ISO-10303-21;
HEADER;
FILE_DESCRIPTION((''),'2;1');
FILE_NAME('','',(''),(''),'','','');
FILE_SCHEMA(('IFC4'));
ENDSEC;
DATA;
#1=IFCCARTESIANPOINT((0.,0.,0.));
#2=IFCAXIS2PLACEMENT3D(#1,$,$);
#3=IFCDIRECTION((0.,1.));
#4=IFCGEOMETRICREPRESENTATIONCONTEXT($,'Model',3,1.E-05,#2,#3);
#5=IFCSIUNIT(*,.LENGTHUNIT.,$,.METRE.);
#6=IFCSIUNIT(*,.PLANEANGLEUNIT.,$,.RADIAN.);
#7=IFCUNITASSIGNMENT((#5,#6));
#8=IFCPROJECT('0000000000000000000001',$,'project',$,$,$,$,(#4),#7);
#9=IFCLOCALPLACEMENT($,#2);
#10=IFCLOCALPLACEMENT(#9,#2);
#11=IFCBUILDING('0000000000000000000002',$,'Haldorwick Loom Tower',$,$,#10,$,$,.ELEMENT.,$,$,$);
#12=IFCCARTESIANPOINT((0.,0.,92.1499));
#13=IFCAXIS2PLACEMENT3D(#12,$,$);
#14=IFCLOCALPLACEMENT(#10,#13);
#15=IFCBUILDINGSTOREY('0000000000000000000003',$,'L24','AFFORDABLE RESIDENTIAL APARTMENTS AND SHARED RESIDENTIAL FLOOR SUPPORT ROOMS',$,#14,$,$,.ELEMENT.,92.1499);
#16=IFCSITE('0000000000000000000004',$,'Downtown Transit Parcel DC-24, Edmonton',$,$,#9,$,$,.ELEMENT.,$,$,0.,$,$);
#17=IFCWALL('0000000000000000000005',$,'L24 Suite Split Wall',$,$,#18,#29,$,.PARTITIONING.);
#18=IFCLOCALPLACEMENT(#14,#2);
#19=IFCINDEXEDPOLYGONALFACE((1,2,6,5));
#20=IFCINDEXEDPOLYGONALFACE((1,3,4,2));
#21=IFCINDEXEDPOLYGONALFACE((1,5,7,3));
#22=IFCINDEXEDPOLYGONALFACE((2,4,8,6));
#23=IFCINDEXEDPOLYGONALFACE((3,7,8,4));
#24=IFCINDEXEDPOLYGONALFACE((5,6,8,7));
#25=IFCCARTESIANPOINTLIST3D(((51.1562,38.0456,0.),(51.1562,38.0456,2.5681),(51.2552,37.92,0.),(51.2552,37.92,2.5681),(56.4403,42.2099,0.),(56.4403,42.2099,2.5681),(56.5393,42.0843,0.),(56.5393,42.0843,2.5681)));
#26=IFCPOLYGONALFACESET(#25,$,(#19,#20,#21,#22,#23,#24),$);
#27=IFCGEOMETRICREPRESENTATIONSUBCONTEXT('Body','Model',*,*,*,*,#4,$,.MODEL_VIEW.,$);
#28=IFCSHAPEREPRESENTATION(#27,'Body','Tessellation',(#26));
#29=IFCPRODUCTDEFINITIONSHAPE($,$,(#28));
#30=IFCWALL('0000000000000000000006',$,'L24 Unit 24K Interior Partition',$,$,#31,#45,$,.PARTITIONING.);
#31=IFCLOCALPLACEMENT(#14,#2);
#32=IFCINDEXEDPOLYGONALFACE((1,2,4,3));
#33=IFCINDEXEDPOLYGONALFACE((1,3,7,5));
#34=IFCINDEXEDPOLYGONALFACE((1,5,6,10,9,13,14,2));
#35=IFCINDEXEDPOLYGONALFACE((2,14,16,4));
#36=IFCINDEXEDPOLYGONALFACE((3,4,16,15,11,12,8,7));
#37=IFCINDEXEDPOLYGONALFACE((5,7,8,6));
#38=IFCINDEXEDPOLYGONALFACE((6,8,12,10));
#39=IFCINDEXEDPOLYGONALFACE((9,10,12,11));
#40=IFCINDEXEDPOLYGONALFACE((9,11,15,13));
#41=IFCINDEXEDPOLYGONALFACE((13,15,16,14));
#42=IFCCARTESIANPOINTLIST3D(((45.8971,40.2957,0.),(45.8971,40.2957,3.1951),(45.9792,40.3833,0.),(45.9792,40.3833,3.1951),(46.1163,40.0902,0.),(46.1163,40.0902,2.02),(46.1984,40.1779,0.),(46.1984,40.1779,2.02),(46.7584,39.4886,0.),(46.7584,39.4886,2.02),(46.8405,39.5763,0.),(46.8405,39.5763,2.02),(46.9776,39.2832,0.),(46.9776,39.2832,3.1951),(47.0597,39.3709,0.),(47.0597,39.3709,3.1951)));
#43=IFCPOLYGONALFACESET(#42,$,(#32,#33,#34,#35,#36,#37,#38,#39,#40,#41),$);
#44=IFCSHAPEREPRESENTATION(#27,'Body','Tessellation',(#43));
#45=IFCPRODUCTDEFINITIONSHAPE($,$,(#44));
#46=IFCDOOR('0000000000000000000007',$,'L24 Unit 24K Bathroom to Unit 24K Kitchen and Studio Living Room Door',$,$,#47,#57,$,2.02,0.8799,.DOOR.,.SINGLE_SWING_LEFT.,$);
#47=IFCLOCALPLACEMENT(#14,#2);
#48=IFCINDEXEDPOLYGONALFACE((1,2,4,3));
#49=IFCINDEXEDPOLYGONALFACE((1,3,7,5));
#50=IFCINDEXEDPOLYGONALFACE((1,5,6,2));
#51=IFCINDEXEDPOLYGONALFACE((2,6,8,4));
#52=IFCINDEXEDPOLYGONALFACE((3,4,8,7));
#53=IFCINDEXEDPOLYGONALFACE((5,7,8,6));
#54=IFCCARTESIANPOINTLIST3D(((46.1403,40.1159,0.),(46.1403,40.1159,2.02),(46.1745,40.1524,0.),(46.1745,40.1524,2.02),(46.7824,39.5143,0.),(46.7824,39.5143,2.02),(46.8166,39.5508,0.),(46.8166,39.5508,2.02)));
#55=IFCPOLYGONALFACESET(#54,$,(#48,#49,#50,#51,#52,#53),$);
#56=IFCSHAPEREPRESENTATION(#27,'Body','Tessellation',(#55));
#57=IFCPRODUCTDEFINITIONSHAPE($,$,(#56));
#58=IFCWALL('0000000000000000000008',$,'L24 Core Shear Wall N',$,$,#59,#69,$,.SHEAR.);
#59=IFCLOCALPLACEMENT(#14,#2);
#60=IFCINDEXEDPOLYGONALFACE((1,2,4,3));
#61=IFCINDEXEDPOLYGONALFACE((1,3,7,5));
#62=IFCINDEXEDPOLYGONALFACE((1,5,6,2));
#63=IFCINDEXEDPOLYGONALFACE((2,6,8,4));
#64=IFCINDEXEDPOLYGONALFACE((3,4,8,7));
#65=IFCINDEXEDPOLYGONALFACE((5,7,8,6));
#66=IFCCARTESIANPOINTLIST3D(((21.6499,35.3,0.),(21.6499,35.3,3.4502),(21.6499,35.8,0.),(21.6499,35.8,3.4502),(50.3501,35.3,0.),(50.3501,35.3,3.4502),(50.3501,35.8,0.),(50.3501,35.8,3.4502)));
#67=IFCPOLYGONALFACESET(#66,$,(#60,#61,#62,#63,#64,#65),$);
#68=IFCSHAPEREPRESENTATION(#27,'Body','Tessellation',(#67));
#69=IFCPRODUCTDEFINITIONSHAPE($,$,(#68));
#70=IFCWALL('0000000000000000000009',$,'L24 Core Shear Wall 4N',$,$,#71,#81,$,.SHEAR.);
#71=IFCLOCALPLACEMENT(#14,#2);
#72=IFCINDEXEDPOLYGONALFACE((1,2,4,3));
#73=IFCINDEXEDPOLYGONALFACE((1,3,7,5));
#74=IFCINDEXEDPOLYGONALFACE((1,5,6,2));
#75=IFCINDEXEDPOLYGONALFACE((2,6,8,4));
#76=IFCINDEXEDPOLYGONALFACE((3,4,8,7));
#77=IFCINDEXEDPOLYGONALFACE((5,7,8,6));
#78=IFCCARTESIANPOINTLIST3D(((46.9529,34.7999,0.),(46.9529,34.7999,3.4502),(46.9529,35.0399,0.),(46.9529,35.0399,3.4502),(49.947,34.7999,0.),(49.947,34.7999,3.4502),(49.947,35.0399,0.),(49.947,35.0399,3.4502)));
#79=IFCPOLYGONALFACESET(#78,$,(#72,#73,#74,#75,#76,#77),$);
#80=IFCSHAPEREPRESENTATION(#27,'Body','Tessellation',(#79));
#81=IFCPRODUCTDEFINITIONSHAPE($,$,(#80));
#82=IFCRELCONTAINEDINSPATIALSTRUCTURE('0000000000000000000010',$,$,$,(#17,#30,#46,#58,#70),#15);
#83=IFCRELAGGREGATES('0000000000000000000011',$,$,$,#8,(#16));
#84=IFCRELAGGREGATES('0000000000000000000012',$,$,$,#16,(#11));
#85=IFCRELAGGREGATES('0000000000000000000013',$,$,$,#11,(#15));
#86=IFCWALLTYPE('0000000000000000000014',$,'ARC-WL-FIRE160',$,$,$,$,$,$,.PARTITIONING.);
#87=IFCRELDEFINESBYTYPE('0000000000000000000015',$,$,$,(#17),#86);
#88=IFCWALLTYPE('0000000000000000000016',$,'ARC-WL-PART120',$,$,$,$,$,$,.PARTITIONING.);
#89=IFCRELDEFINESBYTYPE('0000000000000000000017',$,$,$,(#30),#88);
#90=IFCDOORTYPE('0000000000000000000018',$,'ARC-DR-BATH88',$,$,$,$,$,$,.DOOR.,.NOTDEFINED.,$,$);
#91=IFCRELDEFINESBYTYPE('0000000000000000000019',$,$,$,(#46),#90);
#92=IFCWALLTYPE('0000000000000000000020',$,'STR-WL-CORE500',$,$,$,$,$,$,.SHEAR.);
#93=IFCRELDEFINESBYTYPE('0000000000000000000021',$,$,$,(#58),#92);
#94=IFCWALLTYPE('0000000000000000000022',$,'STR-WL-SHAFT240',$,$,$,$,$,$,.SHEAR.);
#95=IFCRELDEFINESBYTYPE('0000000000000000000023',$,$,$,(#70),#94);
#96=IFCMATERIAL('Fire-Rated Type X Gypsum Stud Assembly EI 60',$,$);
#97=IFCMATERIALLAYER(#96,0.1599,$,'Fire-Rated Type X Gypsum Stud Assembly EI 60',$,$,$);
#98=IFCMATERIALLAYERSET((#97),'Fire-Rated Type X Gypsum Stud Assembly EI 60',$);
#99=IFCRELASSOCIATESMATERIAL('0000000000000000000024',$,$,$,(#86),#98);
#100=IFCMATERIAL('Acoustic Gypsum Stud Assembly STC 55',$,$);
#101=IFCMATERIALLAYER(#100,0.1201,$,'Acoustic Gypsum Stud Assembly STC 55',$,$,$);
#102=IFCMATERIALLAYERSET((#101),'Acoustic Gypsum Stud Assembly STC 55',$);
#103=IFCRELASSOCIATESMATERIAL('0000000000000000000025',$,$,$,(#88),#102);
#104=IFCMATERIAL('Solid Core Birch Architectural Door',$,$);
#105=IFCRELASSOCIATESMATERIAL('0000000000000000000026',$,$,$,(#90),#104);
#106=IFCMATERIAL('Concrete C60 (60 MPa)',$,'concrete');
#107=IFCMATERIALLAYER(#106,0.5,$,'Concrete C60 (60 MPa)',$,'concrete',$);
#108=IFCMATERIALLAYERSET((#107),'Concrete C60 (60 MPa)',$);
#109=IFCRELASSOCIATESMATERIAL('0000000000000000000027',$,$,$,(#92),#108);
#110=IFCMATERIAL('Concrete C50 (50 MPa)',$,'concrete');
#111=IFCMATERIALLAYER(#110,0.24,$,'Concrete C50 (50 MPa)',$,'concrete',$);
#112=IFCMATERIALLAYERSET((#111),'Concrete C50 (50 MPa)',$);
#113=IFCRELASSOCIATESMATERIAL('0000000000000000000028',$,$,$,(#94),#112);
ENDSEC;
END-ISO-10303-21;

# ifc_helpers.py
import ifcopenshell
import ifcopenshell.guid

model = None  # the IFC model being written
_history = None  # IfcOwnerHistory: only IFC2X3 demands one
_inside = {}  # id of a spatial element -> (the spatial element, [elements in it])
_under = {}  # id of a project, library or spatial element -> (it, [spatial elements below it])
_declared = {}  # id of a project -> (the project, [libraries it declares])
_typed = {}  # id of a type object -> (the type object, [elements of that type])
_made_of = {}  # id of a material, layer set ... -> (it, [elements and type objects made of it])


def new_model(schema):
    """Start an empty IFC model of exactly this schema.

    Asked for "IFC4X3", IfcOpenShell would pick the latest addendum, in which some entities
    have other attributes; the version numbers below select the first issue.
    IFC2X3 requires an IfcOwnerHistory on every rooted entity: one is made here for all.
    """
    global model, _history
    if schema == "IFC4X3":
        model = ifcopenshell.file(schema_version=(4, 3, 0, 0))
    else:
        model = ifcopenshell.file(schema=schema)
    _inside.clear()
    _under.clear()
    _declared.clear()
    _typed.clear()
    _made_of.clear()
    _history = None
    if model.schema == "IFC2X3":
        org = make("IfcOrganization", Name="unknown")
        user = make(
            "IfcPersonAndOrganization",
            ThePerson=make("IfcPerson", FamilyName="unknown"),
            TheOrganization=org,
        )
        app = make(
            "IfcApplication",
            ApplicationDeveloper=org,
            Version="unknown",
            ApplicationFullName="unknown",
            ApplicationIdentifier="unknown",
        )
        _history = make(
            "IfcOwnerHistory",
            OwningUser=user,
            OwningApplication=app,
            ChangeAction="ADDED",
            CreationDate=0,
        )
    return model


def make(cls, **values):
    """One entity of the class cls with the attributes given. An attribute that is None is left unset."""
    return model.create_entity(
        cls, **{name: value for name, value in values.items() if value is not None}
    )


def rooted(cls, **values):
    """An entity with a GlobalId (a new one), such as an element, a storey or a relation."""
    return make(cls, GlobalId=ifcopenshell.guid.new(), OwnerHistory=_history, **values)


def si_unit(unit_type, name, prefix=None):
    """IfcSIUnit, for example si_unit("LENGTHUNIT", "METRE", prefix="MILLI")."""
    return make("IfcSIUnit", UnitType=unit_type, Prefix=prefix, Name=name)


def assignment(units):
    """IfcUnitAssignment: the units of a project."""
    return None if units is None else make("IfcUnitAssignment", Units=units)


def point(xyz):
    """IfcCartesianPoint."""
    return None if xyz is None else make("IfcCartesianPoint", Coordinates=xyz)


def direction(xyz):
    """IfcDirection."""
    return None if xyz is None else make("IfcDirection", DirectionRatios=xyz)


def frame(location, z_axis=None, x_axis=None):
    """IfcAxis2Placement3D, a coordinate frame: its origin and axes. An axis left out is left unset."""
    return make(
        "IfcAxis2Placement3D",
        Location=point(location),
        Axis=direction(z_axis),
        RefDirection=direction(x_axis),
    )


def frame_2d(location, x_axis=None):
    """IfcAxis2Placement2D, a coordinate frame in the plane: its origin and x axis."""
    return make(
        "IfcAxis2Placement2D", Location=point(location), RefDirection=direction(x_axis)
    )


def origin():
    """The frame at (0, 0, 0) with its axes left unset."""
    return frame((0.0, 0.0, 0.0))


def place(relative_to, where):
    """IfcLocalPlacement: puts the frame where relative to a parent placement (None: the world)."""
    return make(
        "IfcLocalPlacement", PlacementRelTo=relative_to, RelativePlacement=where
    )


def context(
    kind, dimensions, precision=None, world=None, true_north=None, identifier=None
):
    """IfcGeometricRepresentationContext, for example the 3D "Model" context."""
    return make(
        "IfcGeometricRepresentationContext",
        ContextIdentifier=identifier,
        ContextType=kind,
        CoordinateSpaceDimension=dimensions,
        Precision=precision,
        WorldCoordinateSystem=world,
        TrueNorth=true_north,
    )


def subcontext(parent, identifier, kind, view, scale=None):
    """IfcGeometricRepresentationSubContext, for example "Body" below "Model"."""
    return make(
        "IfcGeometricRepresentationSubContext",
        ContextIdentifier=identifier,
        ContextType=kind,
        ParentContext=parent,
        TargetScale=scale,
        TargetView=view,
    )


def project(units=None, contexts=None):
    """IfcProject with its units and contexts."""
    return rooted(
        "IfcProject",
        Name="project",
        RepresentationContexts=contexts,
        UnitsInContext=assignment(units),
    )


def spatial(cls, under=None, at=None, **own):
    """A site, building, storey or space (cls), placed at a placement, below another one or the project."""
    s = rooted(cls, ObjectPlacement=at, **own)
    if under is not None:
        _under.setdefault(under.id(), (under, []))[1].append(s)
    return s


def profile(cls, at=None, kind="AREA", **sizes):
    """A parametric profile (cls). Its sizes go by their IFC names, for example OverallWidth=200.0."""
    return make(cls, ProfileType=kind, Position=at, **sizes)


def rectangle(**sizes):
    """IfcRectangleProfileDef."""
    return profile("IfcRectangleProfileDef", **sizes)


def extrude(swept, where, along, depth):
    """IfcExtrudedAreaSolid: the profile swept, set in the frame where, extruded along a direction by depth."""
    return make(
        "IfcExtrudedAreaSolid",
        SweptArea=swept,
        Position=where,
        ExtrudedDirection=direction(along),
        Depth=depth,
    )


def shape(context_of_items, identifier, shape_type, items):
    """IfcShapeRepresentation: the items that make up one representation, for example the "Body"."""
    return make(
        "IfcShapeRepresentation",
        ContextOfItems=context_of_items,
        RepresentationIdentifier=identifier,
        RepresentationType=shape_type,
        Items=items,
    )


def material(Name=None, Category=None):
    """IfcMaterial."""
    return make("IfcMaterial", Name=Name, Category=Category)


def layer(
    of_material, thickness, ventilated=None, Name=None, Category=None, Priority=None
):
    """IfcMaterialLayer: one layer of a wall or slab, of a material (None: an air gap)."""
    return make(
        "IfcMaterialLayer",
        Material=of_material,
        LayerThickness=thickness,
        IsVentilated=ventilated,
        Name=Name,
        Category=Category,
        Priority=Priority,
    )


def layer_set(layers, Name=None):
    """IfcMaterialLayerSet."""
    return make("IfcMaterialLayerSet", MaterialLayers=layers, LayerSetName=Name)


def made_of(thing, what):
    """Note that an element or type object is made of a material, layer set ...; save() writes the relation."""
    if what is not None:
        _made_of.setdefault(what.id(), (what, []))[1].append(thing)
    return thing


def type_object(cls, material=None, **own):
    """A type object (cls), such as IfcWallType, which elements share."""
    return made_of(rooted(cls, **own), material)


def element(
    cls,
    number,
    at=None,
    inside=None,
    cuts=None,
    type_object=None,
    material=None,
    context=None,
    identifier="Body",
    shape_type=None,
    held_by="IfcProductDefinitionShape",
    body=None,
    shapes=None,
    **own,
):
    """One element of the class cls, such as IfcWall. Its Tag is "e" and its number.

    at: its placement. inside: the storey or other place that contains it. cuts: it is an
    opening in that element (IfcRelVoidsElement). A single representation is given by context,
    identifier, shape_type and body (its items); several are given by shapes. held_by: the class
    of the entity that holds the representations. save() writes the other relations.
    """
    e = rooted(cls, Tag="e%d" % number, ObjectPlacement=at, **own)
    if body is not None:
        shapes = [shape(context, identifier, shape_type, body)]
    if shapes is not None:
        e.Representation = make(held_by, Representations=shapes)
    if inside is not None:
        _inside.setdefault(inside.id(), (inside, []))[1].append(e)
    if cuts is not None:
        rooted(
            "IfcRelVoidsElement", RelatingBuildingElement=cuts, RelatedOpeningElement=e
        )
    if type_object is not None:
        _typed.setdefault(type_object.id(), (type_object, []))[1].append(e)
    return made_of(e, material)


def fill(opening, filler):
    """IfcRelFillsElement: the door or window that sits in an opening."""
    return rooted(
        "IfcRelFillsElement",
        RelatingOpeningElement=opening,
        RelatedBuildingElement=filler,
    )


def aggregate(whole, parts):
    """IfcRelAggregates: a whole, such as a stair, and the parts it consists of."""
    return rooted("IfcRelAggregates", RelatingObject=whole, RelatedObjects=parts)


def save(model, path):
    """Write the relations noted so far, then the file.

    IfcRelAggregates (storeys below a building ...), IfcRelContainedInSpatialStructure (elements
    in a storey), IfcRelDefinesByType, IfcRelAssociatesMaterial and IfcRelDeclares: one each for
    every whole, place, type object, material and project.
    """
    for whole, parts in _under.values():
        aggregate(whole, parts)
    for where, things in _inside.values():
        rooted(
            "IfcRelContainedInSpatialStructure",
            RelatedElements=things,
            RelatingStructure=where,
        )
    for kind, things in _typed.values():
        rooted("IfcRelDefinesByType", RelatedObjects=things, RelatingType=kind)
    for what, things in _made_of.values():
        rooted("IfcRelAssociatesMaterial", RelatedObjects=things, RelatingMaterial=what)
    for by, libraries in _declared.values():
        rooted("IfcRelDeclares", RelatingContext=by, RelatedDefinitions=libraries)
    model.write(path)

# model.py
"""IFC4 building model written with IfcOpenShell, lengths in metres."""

from ifc_helpers import new_model, si_unit, direction, frame, frame_2d, origin, place, context, subcontext, project, spatial, rectangle, extrude, material, layer, layer_set, type_object, element, fill, save


model = new_model("IFC4")

# Units and contexts
model_context = context("Model", 3, precision=1e-05, world=origin(), true_north=direction((0.0, 1.0)))
body_context = subcontext(model_context, "Body", "Model", "MODEL_VIEW")
ifc_project = project(units=[si_unit("LENGTHUNIT", "METRE"), si_unit("PLANEANGLEUNIT", "RADIAN")], contexts=[model_context])

# Site, building, storey
site_placement = place(None, origin())
site = spatial("IfcSite", under=ifc_project, at=site_placement, Name="Downtown Transit Parcel DC-24, Edmonton", CompositionType="ELEMENT", RefElevation=0.0)
building_placement = place(site_placement, origin())
building = spatial("IfcBuilding", under=site, at=building_placement, Name="Haldorwick Loom Tower", CompositionType="ELEMENT")
storey_placement = place(building_placement, frame((0.0, 0.0, 92.1499)))
storey = spatial("IfcBuildingStorey", under=building, at=storey_placement, Name="L24", Description="AFFORDABLE RESIDENTIAL APARTMENTS AND SHARED RESIDENTIAL FLOOR SUPPORT ROOMS", CompositionType="ELEMENT", Elevation=92.1499)

# Shared definitions
ifc_material_1 = material(Name="Concrete C60 (60 MPa)", Category="concrete")

# Shared definitions
ifc_material_2 = material(Name="Fire-Rated Type X Gypsum Stud Assembly EI 60")
ifc_layer_1 = layer(ifc_material_2, 0.1599, Name="Fire-Rated Type X Gypsum Stud Assembly EI 60")
ifc_layer_set_1 = layer_set([ifc_layer_1], Name="Fire-Rated Type X Gypsum Stud Assembly EI 60")
wall_type_1 = type_object("IfcWallType", Name="ARC-WL-FIRE160", PredefinedType="PARTITIONING", material=ifc_layer_set_1)

# Wall
wall_1_placement = place(storey_placement, frame((51.2058, 37.9829, 0.0), z_axis=(0.0, 0.0, 1.0), x_axis=(0.785418, 0.618965, 0.0)))
element("IfcWall", 1, at=wall_1_placement, inside=storey, type_object=wall_type_1, Name="L24 Suite Split Wall", PredefinedType="PARTITIONING", context=body_context, shape_type="SweptSolid", body=[
    extrude(rectangle(XDim=6.7278, YDim=0.1599, at=frame_2d((3.3638, 0.0))), origin(), (0.0, 0.0, 1.0), 2.5681),
])

# Wall, opening, door
ifc_material_3 = material(Name="Acoustic Gypsum Stud Assembly STC 55")
ifc_layer_2 = layer(ifc_material_3, 0.1201, Name="Acoustic Gypsum Stud Assembly STC 55")
ifc_layer_set_2 = layer_set([ifc_layer_2], Name="Acoustic Gypsum Stud Assembly STC 55")
wall_type_2 = type_object("IfcWallType", Name="ARC-WL-PART120", PredefinedType="PARTITIONING", material=ifc_layer_set_2)
wall_2_placement = place(storey_placement, frame((47.0186, 39.3271, 0.0), z_axis=(0.0, 0.0, 1.0), x_axis=(-0.729733, 0.683733, 0.0)))
wall_2 = element("IfcWall", 2, at=wall_2_placement, inside=storey, type_object=wall_type_2, Name="L24 Unit 24K Interior Partition", PredefinedType="PARTITIONING", context=body_context, shape_type="SweptSolid", body=[
    extrude(rectangle(XDim=1.4807, YDim=0.1201, at=frame_2d((0.7402, 0.0))), origin(), (0.0, 0.0, 1.0), 3.1951),
])
opening_1_placement = place(wall_2_placement, frame((0.3003, 0.0, 0.0)))
opening_1 = element("IfcOpeningElement", 3, at=opening_1_placement, cuts=wall_2, PredefinedType="OPENING", context=body_context, shape_type="SweptSolid", body=[
    extrude(rectangle(XDim=0.8799, YDim=2.02, at=frame_2d((0.4399, 1.01))), frame((0.0, 0.0701, 0.0), z_axis=(0.0, -1.0, 0.0), x_axis=(1.0, 0.0, 0.0)), (0.0, 0.0, 1.0), 0.1401),
])
ifc_material_4 = material(Name="Solid Core Birch Architectural Door")
door_type_1 = type_object("IfcDoorType", Name="ARC-DR-BATH88", OperationType="NOTDEFINED", PredefinedType="DOOR", material=ifc_material_4)
door_1_placement = place(opening_1_placement, origin())
door_1 = element("IfcDoor", 4, at=door_1_placement, inside=storey, type_object=door_type_1, Name="L24 Unit 24K Bathroom to Unit 24K Kitchen and Studio Living Room Door", OperationType="SINGLE_SWING_LEFT", OverallHeight=2.02, OverallWidth=0.8799, PredefinedType="DOOR", context=body_context, shape_type="SweptSolid", body=[
    extrude(rectangle(XDim=0.8799, YDim=2.02, at=frame_2d((0.4399, 1.01))), frame((0.0, 0.0249, 0.0), z_axis=(0.0, -1.0, 0.0), x_axis=(1.0, 0.0, 0.0)), (0.0, 0.0, 1.0), 0.05),
])
fill(opening_1, door_1)

# Walls
ifc_layer_3 = layer(ifc_material_1, 0.5, Name="Concrete C60 (60 MPa)", Category="concrete")
ifc_layer_set_3 = layer_set([ifc_layer_3], Name="Concrete C60 (60 MPa)")
wall_type_3 = type_object("IfcWallType", Name="STR-WL-CORE500", PredefinedType="SHEAR", material=ifc_layer_set_3)
wall_3_placement = place(storey_placement, frame((50.3501, 35.55, 0.0), z_axis=(0.0, 0.0, 1.0), x_axis=(-1.0, 0.0, 0.0)))
element("IfcWall", 5, at=wall_3_placement, inside=storey, type_object=wall_type_3, Name="L24 Core Shear Wall N", PredefinedType="SHEAR", context=body_context, shape_type="SweptSolid", body=[
    extrude(rectangle(XDim=28.7002, YDim=0.5, at=frame_2d((14.3501, 0.0))), origin(), (0.0, 0.0, 1.0), 3.4502),
])
ifc_material_5 = material(Name="Concrete C50 (50 MPa)", Category="concrete")
ifc_layer_4 = layer(ifc_material_5, 0.24, Name="Concrete C50 (50 MPa)", Category="concrete")
ifc_layer_set_4 = layer_set([ifc_layer_4], Name="Concrete C50 (50 MPa)")
wall_type_4 = type_object("IfcWallType", Name="STR-WL-SHAFT240", PredefinedType="SHEAR", material=ifc_layer_set_4)
wall_4_placement = place(storey_placement, frame((46.9529, 34.9199, 0.0), z_axis=(0.0, 0.0, 1.0), x_axis=(1.0, 0.0, 0.0)))
element("IfcWall", 6, at=wall_4_placement, inside=storey, type_object=wall_type_4, Name="L24 Core Shear Wall 4N", PredefinedType="SHEAR", context=body_context, shape_type="SweptSolid", body=[
    extrude(rectangle(XDim=2.9941, YDim=0.24, at=frame_2d((1.4971, 0.0))), origin(), (0.0, 0.0, 1.0), 3.4502),
])

save(model, "model.ifc")
